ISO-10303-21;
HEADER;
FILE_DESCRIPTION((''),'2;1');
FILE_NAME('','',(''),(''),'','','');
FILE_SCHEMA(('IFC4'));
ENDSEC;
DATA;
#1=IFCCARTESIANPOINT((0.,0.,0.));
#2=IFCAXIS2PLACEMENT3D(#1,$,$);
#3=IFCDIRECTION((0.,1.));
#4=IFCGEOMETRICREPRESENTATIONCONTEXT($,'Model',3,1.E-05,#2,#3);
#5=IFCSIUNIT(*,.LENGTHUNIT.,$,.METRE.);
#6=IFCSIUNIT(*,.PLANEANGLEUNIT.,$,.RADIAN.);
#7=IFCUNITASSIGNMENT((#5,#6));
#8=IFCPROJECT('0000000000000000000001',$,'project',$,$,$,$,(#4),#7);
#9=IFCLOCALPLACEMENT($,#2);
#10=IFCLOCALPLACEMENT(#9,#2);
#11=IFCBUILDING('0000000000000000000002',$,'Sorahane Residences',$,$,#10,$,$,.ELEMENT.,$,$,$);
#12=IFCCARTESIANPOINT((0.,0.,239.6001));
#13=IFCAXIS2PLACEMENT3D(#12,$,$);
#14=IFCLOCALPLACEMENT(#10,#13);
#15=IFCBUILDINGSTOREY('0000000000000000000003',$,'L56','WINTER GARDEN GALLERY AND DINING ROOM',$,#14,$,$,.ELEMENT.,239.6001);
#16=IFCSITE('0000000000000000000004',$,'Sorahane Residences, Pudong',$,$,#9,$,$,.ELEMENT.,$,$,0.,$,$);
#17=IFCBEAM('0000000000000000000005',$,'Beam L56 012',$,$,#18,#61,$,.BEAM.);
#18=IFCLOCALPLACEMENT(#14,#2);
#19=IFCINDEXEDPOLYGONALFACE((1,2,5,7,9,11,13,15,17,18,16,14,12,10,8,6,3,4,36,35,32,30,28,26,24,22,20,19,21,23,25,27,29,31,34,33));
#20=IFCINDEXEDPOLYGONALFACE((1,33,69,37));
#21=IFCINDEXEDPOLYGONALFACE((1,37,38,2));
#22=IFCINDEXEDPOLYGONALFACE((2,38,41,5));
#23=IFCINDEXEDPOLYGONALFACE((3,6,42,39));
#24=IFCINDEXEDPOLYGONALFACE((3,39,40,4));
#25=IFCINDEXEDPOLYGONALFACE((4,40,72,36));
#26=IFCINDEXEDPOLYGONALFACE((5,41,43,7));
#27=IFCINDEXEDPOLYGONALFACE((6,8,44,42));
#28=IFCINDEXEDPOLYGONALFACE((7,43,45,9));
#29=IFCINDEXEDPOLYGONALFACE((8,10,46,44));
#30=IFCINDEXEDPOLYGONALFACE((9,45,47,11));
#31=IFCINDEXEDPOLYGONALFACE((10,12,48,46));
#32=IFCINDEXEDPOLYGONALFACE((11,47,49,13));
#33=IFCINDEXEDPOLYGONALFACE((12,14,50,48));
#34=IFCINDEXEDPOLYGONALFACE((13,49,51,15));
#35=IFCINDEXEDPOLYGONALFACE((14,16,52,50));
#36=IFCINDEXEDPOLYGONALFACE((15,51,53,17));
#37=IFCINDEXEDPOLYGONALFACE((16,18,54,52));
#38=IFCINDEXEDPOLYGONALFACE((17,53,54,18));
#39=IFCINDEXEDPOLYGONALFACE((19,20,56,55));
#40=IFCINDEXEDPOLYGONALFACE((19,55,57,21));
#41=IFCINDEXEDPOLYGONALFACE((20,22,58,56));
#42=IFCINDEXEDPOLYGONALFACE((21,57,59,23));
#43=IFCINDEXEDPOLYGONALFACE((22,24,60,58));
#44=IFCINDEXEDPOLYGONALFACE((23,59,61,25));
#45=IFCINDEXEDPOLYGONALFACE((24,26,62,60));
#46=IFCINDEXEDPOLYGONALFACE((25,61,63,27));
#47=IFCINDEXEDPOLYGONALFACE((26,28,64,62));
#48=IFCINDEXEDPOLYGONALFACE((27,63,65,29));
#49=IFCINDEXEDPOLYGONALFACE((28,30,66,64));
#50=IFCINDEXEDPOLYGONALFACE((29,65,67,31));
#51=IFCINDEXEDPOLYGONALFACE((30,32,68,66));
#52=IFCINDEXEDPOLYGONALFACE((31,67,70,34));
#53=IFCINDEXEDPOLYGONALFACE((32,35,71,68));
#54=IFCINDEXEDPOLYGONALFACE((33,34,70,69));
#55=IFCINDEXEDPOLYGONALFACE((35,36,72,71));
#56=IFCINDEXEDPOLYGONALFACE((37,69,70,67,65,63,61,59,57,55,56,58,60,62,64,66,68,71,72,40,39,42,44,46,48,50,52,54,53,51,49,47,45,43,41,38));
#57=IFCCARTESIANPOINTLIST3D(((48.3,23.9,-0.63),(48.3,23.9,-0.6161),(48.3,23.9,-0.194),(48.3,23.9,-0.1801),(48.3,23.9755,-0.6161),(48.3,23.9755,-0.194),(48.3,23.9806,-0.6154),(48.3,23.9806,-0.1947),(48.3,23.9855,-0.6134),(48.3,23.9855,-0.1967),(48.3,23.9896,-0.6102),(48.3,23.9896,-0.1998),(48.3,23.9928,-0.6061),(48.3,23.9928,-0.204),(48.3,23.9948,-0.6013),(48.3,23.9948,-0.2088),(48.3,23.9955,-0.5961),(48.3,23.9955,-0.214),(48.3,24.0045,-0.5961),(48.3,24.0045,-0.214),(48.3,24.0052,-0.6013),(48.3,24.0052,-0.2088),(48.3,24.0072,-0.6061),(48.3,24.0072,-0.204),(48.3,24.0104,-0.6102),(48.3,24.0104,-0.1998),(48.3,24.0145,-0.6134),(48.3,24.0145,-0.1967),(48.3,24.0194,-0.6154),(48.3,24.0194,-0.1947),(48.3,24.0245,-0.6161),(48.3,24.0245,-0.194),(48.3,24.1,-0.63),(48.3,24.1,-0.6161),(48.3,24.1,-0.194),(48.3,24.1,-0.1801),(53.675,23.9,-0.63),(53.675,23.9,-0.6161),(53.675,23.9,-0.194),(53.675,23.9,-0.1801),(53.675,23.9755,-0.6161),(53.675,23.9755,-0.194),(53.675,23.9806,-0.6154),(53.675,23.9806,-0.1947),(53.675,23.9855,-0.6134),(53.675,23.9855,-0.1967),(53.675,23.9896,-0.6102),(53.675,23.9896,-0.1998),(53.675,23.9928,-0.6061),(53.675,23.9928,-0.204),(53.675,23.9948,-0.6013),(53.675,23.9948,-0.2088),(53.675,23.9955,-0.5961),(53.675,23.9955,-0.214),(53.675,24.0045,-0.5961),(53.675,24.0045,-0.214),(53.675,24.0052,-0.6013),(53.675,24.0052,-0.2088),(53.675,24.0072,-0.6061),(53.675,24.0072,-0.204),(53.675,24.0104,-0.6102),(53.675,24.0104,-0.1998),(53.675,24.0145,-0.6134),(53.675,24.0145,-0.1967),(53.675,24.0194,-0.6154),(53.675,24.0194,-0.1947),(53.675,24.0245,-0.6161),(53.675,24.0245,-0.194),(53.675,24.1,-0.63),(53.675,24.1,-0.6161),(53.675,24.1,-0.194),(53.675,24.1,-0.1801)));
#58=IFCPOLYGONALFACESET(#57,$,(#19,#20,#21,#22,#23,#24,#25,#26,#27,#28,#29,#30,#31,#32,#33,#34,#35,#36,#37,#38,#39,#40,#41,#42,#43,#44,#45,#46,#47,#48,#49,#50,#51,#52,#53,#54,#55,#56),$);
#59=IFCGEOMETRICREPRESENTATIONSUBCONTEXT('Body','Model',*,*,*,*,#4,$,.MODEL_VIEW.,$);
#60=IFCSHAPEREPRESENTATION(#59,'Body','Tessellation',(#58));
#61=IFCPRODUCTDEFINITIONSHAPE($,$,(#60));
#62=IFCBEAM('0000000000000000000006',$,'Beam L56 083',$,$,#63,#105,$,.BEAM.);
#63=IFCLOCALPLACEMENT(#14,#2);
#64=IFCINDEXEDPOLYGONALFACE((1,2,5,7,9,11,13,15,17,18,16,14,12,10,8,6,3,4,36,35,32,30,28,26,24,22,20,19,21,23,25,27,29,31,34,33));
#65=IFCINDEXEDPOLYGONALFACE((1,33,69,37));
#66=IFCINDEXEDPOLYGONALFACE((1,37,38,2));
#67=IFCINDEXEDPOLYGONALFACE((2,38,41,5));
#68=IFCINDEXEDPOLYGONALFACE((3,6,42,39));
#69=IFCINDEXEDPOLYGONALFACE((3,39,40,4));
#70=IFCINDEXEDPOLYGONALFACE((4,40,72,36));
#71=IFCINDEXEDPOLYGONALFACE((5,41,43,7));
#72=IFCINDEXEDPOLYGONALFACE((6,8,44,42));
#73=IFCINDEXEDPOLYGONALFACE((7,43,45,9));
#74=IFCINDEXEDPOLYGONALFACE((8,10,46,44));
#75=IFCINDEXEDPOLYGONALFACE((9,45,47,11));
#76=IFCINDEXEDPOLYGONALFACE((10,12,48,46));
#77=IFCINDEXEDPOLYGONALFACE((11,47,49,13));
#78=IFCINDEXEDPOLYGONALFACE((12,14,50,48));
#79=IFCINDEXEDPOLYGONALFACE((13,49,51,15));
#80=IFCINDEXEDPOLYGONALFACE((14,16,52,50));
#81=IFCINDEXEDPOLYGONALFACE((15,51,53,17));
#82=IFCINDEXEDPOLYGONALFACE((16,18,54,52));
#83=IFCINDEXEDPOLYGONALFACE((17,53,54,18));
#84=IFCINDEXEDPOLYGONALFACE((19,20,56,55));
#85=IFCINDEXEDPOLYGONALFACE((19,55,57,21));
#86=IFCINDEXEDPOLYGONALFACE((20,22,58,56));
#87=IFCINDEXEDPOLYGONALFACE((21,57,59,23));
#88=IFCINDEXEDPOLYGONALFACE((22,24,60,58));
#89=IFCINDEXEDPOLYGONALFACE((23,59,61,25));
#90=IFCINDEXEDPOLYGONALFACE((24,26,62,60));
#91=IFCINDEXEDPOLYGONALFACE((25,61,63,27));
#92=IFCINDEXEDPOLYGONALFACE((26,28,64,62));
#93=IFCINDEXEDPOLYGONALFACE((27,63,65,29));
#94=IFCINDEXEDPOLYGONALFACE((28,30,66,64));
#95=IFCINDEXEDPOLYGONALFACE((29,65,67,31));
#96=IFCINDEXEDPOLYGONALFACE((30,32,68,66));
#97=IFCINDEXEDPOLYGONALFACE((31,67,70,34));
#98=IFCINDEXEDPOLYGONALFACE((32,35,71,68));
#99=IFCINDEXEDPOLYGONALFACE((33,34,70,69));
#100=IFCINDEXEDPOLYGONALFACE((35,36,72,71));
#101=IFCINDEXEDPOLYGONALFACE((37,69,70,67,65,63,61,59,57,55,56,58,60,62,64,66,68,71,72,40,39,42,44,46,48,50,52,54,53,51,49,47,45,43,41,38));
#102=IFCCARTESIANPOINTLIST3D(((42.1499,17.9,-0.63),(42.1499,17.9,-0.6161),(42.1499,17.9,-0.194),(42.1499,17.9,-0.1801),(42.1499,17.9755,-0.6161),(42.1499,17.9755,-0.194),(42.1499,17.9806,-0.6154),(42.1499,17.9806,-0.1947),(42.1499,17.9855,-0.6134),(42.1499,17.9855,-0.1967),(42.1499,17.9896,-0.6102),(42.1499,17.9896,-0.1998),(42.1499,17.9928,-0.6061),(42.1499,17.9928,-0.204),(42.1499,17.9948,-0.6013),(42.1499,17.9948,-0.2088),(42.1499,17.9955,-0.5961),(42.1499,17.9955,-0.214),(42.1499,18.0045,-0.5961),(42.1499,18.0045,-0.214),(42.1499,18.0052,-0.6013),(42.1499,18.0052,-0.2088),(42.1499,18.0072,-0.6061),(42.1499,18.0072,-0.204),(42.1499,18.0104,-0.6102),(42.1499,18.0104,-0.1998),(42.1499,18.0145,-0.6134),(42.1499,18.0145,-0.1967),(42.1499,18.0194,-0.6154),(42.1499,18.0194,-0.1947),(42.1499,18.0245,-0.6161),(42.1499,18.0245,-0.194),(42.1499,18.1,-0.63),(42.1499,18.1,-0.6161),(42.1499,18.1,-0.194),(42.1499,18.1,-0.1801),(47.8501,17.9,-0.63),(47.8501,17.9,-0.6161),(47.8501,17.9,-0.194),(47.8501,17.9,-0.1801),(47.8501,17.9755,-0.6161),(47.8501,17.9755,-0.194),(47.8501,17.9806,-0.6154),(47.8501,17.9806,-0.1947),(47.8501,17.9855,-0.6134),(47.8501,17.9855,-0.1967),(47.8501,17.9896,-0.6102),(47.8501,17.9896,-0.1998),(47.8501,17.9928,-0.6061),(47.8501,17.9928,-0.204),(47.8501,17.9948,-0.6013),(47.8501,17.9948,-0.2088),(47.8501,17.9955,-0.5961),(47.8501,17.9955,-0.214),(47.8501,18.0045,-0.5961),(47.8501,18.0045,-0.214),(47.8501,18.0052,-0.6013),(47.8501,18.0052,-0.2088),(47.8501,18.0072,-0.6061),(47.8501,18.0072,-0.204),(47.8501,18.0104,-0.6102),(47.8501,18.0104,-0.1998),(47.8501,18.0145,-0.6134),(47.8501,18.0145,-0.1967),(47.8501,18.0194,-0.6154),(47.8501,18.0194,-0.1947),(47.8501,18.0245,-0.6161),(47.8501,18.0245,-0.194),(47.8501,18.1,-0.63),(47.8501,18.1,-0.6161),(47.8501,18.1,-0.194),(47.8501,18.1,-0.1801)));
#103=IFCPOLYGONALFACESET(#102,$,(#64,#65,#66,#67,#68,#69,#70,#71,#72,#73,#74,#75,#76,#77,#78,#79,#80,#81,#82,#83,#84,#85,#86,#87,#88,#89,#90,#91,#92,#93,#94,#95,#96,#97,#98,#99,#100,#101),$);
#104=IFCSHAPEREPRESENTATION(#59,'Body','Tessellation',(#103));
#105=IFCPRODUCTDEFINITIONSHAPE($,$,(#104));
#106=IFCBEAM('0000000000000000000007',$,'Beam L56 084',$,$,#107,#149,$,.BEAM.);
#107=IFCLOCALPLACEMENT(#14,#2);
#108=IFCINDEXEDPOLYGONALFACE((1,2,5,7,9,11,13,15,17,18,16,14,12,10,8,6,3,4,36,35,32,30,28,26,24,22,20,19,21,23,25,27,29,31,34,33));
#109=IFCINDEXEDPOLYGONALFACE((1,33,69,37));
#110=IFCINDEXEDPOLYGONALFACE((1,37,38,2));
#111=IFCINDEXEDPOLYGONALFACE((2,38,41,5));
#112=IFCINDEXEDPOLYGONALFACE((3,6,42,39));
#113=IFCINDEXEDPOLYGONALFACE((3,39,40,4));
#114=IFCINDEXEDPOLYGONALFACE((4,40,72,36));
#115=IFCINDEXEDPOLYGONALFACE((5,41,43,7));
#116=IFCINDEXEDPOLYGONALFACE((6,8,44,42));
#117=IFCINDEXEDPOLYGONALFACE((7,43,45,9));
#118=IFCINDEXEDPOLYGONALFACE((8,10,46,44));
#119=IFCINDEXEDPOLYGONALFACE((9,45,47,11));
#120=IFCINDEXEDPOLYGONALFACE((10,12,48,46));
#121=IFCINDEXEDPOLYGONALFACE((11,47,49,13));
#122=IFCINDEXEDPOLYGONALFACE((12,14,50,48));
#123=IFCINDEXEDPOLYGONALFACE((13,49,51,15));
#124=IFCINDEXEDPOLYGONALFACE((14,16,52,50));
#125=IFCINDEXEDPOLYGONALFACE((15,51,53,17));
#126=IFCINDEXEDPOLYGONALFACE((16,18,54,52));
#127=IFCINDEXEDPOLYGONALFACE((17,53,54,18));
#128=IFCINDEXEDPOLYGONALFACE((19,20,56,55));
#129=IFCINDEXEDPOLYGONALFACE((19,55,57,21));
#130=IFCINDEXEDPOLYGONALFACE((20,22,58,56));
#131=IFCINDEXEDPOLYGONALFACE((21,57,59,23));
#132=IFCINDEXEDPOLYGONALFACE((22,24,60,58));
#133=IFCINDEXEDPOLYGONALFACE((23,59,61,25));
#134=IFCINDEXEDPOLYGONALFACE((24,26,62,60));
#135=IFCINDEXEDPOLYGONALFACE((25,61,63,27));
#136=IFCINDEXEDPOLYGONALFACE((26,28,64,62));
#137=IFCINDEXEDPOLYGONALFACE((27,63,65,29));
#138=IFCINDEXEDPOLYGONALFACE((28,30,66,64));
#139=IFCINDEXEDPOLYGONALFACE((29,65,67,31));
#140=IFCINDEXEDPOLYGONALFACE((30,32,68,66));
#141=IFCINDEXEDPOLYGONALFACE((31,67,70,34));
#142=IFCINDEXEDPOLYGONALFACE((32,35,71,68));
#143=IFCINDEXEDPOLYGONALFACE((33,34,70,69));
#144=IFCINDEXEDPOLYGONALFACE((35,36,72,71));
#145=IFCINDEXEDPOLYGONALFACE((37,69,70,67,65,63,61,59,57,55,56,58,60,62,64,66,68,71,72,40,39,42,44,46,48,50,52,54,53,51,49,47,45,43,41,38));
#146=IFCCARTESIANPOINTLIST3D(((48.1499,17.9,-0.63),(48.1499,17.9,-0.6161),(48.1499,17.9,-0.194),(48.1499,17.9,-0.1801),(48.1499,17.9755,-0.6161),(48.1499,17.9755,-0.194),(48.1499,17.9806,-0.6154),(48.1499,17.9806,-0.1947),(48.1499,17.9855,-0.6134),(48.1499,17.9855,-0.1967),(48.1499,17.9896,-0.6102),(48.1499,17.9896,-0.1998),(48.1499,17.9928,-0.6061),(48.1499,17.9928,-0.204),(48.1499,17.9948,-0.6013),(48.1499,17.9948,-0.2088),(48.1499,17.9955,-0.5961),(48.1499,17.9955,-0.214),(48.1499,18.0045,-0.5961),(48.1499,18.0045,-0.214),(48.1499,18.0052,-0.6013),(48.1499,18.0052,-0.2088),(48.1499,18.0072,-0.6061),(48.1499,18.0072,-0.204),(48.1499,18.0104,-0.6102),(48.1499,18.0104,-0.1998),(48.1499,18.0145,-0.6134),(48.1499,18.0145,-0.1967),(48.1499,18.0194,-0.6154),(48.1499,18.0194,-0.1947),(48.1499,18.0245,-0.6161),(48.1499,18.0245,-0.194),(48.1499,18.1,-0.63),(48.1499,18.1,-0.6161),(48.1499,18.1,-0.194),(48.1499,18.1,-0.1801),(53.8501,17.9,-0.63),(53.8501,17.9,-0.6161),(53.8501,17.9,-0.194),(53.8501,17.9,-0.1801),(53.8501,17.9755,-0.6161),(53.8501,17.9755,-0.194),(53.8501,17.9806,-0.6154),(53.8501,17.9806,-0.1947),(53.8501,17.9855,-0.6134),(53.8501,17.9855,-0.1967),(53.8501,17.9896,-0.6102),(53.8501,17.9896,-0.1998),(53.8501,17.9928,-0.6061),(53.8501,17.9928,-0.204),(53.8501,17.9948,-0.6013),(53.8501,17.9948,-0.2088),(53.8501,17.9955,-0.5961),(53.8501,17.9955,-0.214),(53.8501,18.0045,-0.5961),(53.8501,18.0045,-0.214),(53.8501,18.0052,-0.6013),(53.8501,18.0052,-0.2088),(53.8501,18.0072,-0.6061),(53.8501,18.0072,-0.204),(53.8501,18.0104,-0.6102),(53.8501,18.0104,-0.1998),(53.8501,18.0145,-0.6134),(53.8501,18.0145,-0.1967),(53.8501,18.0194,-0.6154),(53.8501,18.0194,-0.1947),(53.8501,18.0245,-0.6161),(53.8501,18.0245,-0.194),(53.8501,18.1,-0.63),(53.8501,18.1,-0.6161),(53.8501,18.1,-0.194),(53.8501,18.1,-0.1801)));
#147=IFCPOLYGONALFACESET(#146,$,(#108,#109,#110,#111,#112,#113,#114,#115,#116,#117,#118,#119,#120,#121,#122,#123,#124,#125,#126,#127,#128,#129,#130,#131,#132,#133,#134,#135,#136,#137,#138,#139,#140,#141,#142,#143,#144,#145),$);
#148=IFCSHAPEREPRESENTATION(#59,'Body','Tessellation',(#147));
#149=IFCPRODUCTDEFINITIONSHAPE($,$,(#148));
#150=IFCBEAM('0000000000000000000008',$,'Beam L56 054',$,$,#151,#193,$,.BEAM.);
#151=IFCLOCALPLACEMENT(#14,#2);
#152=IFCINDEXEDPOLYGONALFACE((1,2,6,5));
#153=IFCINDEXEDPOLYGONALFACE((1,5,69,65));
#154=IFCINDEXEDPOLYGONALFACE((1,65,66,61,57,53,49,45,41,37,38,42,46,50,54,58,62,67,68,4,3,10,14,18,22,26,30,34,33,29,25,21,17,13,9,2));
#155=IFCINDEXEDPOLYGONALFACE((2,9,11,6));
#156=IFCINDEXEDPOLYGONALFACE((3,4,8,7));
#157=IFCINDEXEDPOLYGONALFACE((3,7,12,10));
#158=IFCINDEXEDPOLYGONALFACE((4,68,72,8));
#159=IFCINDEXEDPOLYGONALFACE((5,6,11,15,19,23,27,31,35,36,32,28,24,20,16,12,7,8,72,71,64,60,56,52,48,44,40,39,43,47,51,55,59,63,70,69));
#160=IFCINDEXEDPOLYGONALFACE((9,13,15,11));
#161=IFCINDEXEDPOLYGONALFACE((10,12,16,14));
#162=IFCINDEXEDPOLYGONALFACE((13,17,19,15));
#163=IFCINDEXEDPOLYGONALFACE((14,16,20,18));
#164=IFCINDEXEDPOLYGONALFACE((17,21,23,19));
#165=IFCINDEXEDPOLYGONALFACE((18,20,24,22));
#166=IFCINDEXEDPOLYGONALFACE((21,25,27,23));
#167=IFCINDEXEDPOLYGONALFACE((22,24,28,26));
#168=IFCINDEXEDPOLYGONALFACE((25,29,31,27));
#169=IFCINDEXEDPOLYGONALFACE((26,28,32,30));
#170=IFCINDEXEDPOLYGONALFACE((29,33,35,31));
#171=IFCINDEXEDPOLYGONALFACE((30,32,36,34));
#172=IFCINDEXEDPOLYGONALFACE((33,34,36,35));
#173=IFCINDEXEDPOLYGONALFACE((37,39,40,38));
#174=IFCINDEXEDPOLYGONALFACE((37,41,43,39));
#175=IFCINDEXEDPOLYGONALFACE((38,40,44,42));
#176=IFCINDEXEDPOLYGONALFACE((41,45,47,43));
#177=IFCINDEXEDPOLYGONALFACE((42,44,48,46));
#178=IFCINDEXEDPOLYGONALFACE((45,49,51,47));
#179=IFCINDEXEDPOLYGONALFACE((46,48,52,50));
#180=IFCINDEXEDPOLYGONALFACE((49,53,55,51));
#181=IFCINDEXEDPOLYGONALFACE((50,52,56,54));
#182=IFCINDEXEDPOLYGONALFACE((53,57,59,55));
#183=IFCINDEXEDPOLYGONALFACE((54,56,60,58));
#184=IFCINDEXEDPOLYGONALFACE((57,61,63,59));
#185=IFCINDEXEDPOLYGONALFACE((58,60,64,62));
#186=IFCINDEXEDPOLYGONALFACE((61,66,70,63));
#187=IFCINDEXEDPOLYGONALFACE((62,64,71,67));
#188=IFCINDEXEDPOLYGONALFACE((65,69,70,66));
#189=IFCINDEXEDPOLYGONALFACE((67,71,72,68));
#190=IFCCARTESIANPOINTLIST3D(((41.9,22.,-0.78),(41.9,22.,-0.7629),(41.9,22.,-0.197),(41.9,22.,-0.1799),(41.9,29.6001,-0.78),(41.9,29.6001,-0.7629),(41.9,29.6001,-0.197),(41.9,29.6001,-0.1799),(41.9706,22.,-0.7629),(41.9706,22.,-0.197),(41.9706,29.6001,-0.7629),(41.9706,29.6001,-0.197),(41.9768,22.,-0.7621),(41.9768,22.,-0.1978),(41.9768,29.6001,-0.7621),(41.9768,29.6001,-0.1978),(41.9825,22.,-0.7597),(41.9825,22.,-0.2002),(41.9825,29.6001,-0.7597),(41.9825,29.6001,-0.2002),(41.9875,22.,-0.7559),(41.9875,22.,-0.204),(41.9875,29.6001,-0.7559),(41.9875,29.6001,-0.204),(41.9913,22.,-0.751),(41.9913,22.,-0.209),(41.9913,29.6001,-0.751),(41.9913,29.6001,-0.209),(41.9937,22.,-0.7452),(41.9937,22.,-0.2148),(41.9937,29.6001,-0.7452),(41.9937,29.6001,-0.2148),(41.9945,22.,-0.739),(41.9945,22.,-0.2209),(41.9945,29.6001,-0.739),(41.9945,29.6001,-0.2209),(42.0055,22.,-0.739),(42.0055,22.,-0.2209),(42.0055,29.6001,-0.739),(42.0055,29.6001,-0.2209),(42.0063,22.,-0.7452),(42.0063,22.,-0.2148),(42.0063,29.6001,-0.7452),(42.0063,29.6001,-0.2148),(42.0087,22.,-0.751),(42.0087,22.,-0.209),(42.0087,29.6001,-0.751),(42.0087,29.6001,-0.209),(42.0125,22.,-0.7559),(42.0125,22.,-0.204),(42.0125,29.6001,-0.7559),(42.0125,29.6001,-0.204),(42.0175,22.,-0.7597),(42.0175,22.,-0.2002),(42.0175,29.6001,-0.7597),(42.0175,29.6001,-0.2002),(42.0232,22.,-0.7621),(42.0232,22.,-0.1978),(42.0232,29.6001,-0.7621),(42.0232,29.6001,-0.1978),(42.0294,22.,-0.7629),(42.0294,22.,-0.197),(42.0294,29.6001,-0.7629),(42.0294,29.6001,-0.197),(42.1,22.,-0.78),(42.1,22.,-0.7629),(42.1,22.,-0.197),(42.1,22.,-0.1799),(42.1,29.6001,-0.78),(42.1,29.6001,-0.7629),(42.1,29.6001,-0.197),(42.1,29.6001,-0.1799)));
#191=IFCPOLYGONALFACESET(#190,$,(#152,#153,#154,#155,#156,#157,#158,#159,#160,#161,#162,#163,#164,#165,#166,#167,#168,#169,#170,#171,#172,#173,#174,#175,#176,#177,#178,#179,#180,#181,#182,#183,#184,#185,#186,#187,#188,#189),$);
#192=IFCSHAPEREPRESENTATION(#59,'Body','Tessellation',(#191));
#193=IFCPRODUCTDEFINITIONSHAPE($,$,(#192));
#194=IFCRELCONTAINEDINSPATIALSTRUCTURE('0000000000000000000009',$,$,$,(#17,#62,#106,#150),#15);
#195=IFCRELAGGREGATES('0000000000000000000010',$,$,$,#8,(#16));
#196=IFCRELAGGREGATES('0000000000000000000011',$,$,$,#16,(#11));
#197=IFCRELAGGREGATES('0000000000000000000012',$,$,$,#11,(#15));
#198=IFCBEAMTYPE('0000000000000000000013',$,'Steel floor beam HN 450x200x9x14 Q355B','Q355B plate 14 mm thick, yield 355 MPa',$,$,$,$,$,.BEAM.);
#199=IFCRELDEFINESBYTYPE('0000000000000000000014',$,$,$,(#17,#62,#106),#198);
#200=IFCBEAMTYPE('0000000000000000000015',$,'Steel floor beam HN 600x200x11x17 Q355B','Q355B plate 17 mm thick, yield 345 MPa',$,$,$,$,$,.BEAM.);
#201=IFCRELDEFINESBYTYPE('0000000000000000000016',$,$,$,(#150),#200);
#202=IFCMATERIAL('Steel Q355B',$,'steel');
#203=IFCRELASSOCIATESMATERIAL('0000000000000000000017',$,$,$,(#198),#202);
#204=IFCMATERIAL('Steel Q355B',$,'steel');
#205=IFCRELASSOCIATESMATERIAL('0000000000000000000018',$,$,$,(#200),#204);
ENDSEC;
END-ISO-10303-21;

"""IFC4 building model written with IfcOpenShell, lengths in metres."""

from ifc_helpers import new_model, si_unit, direction, frame, origin, origin_2d, place, context, subcontext, project, spatial, i_section, extrude, material, material_profile, profile_set, type_object, element, save


model = new_model("IFC4")

# Units and contexts
model_context = context("Model", 3, precision=1e-05, world=origin(), true_north=direction((0.0, 1.0)))
body_context = subcontext(model_context, "Body", "Model", "MODEL_VIEW")
ifc_project = project(units=[si_unit("LENGTHUNIT", "METRE"), si_unit("PLANEANGLEUNIT", "RADIAN")], contexts=[model_context])

# Site, building, storey
site_placement = place(None, origin())
site = spatial("IfcSite", under=ifc_project, at=site_placement, Name="Sorahane Residences, Pudong", CompositionType="ELEMENT", RefElevation=0.0)
building_placement = place(site_placement, origin())
building = spatial("IfcBuilding", under=site, at=building_placement, Name="Sorahane Residences", CompositionType="ELEMENT")
storey_placement = place(building_placement, frame((0.0, 0.0, 239.6001)))
storey = spatial("IfcBuildingStorey", under=building, at=storey_placement, Name="L56", Description="WINTER GARDEN GALLERY AND DINING ROOM", CompositionType="ELEMENT", Elevation=239.6001)

# Beams
ifc_material_1 = material(Name="Steel Q355B", Category="steel")
ifc_material_profile_1 = material_profile(ifc_material_1, i_section(OverallWidth=0.2, OverallDepth=0.45, WebThickness=0.009, FlangeThickness=0.0139, FilletRadius=0.02, at=origin_2d()), Name="HN 450x200x9x14")
ifc_profile_set_1 = profile_set([ifc_material_profile_1], Name="Steel Q355B")
beam_type_1 = type_object("IfcBeamType", Name="Steel floor beam HN 450x200x9x14 Q355B", Description="Q355B plate 14 mm thick, yield 355 MPa", PredefinedType="BEAM", material=ifc_profile_set_1)
for number, where, z_axis, x_axis, name in (
    (1, (48.3, 24.0, -0.405), (1.0, 0.0, 0.0), (0.0, 1.0, 0.0), "Beam L56 012"),
):
    element("IfcBeam", number, at=place(storey_placement, frame(where, z_axis=z_axis, x_axis=x_axis)), inside=storey, type_object=beam_type_1, Name=name, PredefinedType="BEAM", context=body_context, shape_type="SweptSolid", body=[
        extrude(i_section(OverallWidth=0.2, OverallDepth=0.45, WebThickness=0.009, FlangeThickness=0.0139, FilletRadius=0.02, at=origin_2d()), origin(), (0.0, 0.0, 1.0), 5.375),
    ])
for number, where, z_axis, x_axis, name in (
    (2, (42.1499, 18.0, -0.405), (1.0, 0.0, 0.0), (0.0, 1.0, 0.0), "Beam L56 083"),
    (3, (48.1499, 18.0, -0.405), (1.0, 0.0, 0.0), (0.0, 1.0, 0.0), "Beam L56 084"),
):
    element("IfcBeam", number, at=place(storey_placement, frame(where, z_axis=z_axis, x_axis=x_axis)), inside=storey, type_object=beam_type_1, Name=name, PredefinedType="BEAM", context=body_context, shape_type="SweptSolid", body=[
        extrude(i_section(OverallWidth=0.2, OverallDepth=0.45, WebThickness=0.009, FlangeThickness=0.0139, FilletRadius=0.02, at=origin_2d()), origin(), (0.0, 0.0, 1.0), 5.7002),
    ])
ifc_material_2 = material(Name="Steel Q355B", Category="steel")
ifc_material_profile_2 = material_profile(ifc_material_2, i_section(OverallWidth=0.2, OverallDepth=0.6001, WebThickness=0.011, FlangeThickness=0.0171, FilletRadius=0.0239, at=origin_2d()), Name="HN 600x200x11x17")
ifc_profile_set_2 = profile_set([ifc_material_profile_2], Name="Steel Q355B")
beam_type_2 = type_object("IfcBeamType", Name="Steel floor beam HN 600x200x11x17 Q355B", Description="Q355B plate 17 mm thick, yield 345 MPa", PredefinedType="BEAM", material=ifc_profile_set_2)
beam_1_placement = place(storey_placement, frame((42.0, 22.0, -0.48), z_axis=(0.0, 1.0, 0.0), x_axis=(-1.0, 0.0, 0.0)))
element("IfcBeam", 4, at=beam_1_placement, inside=storey, type_object=beam_type_2, Name="Beam L56 054", PredefinedType="BEAM", context=body_context, shape_type="SweptSolid", body=[
    extrude(i_section(OverallWidth=0.2, OverallDepth=0.6001, WebThickness=0.011, FlangeThickness=0.0171, FilletRadius=0.0239, at=origin_2d()), origin(), (0.0, 0.0, 1.0), 7.6001),
])

save(model, "model.ifc")
